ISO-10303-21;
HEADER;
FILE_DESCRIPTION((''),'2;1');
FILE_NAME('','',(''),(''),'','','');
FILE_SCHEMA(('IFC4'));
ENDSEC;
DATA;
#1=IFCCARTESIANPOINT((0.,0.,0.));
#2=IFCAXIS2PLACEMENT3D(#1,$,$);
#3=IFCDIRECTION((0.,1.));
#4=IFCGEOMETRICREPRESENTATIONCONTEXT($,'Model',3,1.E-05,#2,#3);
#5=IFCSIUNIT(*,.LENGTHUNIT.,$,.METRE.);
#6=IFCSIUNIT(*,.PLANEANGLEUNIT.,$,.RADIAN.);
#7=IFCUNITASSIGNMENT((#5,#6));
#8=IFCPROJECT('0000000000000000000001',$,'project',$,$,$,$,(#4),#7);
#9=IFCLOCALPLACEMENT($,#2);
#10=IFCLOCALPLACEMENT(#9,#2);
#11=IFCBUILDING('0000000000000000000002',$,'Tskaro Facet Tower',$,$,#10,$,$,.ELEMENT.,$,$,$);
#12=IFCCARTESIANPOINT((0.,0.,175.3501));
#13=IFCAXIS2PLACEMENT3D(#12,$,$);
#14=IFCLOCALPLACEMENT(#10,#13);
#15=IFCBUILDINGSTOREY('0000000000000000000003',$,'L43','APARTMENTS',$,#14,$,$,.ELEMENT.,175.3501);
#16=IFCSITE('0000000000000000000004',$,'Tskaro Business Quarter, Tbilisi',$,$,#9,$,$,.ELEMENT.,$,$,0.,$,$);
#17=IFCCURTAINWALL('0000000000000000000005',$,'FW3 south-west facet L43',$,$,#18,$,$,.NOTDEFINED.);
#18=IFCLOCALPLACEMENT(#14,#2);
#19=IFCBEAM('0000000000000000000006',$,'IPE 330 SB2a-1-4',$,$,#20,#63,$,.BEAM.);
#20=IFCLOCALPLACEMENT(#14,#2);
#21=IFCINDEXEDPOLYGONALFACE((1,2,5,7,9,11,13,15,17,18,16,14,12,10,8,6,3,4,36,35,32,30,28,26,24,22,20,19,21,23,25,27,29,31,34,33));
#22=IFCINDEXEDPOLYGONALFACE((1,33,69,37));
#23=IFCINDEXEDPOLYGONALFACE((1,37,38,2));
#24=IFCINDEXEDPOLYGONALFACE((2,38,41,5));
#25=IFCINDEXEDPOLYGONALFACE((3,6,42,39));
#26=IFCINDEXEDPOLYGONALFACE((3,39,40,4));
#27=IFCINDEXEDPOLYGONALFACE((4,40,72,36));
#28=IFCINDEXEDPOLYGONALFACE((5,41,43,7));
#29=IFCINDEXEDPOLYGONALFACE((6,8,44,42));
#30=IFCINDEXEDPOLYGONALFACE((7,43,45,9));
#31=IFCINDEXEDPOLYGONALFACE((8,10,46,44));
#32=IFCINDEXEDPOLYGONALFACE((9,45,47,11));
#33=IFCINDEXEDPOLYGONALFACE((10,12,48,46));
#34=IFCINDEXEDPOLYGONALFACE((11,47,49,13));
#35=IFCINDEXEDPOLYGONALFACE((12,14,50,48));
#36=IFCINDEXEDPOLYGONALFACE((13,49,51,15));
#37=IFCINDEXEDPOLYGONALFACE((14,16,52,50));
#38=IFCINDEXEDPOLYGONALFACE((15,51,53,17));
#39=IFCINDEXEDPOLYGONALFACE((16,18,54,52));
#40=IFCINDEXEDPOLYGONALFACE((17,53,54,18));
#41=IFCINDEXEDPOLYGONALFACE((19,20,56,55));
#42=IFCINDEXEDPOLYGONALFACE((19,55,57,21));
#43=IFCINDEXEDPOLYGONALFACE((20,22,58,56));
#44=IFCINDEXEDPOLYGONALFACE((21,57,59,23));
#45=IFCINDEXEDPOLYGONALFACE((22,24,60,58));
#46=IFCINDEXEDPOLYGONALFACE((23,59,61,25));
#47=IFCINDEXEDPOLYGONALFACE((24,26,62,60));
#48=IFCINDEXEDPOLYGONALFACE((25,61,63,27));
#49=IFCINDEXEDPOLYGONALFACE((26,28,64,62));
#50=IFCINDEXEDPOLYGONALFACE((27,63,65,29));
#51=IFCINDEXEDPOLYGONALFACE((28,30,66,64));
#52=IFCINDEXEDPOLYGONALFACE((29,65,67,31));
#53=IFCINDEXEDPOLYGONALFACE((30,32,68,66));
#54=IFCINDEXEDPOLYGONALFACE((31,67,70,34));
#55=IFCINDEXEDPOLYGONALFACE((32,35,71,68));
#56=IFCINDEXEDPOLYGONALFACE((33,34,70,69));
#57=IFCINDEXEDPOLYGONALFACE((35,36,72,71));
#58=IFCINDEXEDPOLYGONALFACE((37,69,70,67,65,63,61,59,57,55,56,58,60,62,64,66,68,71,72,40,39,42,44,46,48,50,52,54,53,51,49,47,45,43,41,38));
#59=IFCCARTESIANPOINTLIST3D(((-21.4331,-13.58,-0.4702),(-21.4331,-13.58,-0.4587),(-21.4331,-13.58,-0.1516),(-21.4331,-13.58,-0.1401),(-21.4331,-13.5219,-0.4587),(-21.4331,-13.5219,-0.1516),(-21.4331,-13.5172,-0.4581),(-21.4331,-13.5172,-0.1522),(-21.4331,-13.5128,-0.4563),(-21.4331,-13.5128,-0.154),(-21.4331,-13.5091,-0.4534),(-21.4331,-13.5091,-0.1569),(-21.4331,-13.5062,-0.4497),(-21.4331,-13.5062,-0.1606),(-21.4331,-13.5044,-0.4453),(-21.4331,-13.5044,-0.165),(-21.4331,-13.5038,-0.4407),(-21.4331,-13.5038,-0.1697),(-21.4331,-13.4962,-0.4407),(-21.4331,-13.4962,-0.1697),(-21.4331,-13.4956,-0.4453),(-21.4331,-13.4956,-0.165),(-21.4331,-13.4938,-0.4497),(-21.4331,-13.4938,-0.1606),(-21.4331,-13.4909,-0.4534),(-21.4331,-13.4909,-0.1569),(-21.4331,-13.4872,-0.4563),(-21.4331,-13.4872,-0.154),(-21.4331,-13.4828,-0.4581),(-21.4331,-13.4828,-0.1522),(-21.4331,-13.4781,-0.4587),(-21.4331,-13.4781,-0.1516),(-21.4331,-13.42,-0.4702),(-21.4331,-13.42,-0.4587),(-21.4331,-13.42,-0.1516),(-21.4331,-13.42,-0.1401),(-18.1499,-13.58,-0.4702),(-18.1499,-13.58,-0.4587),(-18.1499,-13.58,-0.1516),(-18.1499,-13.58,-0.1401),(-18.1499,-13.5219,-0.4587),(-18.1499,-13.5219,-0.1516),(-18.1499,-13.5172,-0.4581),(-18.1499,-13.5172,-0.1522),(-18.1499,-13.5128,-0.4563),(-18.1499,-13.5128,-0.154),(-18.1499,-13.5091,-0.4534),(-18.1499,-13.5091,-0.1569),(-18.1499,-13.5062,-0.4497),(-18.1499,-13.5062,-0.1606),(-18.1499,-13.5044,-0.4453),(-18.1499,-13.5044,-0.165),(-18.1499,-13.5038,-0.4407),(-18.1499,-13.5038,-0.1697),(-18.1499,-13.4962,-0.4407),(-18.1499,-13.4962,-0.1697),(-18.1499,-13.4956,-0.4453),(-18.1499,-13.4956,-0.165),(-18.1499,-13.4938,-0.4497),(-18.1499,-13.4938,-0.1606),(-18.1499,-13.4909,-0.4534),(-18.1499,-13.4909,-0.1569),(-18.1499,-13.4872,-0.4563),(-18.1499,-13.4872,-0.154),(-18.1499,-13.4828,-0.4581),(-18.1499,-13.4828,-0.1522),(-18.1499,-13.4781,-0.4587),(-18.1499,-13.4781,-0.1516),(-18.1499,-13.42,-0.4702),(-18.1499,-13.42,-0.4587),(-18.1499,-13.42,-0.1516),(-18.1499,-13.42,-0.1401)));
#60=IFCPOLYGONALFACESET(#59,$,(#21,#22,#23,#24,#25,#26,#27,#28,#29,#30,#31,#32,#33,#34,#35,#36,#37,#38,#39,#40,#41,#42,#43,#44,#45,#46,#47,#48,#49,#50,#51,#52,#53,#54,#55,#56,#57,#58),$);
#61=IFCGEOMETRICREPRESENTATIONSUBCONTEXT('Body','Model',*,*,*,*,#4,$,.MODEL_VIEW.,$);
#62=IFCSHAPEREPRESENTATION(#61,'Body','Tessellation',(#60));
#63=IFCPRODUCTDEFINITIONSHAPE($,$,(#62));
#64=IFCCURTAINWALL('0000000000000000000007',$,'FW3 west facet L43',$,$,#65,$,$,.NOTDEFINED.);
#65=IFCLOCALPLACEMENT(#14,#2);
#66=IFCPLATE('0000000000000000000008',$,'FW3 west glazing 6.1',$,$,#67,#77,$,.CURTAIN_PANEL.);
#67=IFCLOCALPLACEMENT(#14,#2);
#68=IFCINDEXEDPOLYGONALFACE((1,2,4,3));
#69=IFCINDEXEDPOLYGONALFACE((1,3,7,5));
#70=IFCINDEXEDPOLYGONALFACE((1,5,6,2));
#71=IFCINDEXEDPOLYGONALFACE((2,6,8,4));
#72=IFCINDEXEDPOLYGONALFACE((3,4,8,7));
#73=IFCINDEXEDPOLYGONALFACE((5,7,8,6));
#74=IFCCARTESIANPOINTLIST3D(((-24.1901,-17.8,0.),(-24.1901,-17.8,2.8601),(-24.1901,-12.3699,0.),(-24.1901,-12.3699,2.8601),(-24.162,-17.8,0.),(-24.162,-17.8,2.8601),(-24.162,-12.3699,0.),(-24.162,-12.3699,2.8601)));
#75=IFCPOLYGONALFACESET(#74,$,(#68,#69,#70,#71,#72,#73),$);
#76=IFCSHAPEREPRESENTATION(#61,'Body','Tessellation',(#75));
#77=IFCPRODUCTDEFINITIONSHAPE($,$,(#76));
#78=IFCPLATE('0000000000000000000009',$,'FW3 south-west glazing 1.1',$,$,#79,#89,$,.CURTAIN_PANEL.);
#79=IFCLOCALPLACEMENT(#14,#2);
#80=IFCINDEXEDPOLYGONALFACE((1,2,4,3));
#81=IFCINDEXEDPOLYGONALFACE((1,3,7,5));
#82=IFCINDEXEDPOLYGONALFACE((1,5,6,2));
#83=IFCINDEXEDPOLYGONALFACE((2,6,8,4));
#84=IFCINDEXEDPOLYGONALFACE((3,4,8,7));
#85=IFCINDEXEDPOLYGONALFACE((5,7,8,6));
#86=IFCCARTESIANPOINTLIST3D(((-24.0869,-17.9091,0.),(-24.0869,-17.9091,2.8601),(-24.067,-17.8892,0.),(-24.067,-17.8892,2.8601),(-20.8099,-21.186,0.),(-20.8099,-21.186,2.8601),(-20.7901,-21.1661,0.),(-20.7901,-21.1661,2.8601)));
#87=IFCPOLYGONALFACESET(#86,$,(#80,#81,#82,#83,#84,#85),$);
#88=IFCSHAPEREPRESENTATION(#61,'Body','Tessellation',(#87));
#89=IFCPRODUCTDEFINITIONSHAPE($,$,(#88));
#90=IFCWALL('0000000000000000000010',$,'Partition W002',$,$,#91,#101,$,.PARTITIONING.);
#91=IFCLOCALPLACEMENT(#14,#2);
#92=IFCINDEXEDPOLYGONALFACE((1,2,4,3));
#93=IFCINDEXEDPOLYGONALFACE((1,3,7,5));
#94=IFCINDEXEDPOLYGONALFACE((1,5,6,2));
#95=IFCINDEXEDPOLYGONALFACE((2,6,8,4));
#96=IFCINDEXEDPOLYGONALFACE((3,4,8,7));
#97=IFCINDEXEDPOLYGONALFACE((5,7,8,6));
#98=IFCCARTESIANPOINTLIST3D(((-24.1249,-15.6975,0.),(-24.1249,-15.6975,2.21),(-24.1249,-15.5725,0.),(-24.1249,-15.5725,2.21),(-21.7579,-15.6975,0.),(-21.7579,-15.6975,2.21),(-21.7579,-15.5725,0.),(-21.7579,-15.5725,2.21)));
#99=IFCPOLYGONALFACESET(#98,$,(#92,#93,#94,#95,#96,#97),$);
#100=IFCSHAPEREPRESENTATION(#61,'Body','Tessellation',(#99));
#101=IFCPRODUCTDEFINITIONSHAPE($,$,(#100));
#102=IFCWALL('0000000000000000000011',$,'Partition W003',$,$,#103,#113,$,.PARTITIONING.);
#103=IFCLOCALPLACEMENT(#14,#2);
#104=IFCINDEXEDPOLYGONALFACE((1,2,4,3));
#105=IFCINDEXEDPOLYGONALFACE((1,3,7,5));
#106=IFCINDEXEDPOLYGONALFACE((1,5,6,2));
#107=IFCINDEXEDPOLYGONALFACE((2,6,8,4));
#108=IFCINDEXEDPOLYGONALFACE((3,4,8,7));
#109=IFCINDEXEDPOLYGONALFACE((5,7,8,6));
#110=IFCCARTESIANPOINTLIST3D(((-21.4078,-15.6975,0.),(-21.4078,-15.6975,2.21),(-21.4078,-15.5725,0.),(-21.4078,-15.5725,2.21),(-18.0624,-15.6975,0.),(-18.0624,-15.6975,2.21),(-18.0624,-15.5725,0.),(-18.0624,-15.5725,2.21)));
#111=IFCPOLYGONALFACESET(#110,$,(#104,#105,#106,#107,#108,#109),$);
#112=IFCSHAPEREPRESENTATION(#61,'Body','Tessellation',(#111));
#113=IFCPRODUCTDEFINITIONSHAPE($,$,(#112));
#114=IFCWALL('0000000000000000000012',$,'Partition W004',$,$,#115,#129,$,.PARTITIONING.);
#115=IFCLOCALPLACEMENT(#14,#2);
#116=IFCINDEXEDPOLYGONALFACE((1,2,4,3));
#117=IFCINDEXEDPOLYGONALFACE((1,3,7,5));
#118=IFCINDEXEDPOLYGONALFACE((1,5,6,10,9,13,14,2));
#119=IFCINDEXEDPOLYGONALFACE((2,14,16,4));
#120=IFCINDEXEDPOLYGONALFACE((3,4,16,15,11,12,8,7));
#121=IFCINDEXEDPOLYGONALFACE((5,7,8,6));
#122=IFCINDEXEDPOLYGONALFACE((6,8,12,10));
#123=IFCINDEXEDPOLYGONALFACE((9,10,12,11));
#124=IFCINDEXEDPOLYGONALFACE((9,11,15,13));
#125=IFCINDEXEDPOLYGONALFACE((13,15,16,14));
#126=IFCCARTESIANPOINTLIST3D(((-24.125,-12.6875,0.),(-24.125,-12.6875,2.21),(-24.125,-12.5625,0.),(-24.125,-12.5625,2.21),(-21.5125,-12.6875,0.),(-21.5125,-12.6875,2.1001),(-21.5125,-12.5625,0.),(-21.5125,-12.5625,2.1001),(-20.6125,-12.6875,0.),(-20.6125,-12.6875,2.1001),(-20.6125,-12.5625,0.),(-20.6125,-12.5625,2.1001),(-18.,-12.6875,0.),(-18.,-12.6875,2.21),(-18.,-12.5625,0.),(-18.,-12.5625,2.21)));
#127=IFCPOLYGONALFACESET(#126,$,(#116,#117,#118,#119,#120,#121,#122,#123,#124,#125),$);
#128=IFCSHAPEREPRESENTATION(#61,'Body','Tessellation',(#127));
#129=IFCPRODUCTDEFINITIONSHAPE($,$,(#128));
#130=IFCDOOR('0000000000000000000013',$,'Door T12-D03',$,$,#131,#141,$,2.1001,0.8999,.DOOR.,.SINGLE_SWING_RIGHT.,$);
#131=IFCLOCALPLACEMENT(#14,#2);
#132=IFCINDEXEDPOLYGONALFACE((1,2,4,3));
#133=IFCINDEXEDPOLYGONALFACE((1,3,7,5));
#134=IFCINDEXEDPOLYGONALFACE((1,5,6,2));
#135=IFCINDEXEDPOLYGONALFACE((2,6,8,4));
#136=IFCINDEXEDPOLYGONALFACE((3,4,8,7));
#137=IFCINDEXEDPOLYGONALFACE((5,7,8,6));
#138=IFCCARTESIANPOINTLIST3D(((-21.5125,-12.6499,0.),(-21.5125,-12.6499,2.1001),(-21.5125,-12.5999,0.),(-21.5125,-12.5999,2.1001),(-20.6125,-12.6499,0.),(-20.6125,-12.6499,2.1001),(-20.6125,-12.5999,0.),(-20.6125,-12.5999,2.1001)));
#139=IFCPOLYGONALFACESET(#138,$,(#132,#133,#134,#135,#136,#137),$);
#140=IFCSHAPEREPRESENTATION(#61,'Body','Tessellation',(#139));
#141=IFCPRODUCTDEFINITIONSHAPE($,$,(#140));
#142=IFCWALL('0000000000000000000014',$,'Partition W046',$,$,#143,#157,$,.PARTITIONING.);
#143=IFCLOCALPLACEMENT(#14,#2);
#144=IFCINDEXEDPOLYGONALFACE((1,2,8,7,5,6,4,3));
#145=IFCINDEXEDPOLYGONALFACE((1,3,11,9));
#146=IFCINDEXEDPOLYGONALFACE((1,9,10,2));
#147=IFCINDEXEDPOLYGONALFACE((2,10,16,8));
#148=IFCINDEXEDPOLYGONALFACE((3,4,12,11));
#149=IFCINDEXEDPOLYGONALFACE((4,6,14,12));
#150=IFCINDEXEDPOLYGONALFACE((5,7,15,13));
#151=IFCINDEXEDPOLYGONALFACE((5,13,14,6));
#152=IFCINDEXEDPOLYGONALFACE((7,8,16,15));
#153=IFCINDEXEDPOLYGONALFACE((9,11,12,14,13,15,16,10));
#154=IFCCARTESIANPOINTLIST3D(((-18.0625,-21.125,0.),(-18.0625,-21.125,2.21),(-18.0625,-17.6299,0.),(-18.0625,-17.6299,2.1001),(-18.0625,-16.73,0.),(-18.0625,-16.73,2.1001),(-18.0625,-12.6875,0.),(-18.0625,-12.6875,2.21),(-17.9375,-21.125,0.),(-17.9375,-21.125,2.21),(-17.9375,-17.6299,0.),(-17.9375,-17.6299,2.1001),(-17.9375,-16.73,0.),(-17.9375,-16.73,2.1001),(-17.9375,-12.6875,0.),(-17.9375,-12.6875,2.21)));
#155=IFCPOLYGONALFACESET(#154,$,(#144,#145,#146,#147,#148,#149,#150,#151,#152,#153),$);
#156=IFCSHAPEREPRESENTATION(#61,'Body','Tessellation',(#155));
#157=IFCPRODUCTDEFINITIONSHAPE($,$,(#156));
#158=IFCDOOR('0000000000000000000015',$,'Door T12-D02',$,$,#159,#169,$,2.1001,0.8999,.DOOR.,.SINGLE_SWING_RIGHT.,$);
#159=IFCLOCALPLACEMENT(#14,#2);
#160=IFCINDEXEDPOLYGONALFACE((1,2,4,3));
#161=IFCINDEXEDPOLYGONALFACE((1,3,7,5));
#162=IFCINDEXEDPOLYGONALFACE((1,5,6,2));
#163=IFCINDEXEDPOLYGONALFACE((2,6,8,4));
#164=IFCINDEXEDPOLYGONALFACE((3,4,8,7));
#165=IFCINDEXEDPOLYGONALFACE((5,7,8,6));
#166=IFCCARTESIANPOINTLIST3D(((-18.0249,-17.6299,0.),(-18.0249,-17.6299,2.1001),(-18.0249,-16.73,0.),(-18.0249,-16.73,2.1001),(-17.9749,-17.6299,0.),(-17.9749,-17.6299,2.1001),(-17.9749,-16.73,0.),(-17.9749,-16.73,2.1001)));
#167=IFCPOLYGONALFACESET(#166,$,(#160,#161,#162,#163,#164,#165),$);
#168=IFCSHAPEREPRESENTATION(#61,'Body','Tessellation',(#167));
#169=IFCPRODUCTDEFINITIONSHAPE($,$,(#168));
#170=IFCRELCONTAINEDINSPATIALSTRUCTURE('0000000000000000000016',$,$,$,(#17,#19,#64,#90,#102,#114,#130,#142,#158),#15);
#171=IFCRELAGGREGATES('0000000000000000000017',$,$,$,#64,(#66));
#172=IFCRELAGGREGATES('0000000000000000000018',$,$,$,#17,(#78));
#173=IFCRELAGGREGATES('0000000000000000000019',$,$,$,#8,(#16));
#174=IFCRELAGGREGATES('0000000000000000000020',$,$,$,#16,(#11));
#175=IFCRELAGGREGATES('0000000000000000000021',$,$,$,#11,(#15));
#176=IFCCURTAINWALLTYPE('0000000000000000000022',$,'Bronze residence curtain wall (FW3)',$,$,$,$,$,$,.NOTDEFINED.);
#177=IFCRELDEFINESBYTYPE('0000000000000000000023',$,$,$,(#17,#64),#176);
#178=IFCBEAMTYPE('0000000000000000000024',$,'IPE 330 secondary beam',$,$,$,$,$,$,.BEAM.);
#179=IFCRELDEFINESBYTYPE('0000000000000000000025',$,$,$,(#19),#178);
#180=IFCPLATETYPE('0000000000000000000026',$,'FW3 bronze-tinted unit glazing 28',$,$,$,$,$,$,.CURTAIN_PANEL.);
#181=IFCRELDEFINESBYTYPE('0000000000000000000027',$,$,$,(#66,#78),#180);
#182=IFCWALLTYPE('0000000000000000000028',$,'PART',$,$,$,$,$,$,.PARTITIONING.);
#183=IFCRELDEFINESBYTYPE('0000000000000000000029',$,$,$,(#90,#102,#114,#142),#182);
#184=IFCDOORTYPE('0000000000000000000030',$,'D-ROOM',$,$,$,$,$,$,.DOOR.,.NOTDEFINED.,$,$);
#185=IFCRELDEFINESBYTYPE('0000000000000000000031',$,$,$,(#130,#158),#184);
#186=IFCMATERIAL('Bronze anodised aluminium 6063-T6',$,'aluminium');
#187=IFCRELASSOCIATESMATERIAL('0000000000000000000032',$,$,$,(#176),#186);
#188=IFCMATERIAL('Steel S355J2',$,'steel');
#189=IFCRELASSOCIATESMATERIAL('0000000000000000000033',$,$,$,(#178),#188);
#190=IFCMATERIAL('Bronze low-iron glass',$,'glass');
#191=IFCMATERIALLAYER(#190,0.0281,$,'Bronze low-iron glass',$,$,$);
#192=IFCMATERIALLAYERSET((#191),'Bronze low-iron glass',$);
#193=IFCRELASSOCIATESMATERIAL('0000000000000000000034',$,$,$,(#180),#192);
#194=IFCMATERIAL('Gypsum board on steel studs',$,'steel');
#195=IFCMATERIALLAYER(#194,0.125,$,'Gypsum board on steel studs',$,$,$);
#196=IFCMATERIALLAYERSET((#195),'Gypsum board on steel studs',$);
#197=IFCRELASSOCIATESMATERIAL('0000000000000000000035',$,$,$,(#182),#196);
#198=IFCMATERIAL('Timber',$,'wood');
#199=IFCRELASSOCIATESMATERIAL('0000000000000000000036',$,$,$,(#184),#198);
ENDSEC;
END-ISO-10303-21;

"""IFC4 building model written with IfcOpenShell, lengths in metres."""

from ifc_helpers import new_model, si_unit, direction, frame, frame_2d, origin, origin_2d, place, context, subcontext, project, spatial, rectangle, i_section, extrude, material, layer, layer_set, material_profile, profile_set, type_object, element, fill, aggregate, save


model = new_model("IFC4")

# Units and contexts
model_context = context("Model", 3, precision=1e-05, world=origin(), true_north=direction((0.0, 1.0)))
body_context = subcontext(model_context, "Body", "Model", "MODEL_VIEW")
ifc_project = project(units=[si_unit("LENGTHUNIT", "METRE"), si_unit("PLANEANGLEUNIT", "RADIAN")], contexts=[model_context])

# Site, building, storey
site_placement = place(None, origin())
site = spatial("IfcSite", under=ifc_project, at=site_placement, Name="Tskaro Business Quarter, Tbilisi", CompositionType="ELEMENT", RefElevation=0.0)
building_placement = place(site_placement, origin())
building = spatial("IfcBuilding", under=site, at=building_placement, Name="Tskaro Facet Tower", CompositionType="ELEMENT")
storey_placement = place(building_placement, frame((0.0, 0.0, 175.3501)))
storey = spatial("IfcBuildingStorey", under=building, at=storey_placement, Name="L43", Description="APARTMENTS", CompositionType="ELEMENT", Elevation=175.3501)

# Curtain wall
ifc_material_1 = material(Name="Bronze anodised aluminium 6063-T6", Category="aluminium")
curtain_wall_type = type_object("IfcCurtainWallType", Name="Bronze residence curtain wall (FW3)", PredefinedType="NOTDEFINED", material=ifc_material_1)
curtain_wall_1_placement = place(storey_placement, origin())
curtain_wall_1 = element("IfcCurtainWall", 1, at=curtain_wall_1_placement, inside=storey, type_object=curtain_wall_type, Name="FW3 south-west facet L43", PredefinedType="NOTDEFINED")

# Beam
ifc_material_2 = material(Name="Steel S355J2", Category="steel")
ifc_material_profile_1 = material_profile(ifc_material_2, i_section(OverallWidth=0.1599, OverallDepth=0.3301, WebThickness=0.0076, FlangeThickness=0.0115, FilletRadius=0.0181, at=origin_2d()), Name="IPE 330")
ifc_profile_set_1 = profile_set([ifc_material_profile_1], Name="Steel S355J2")
beam_type_1 = type_object("IfcBeamType", Name="IPE 330 secondary beam", PredefinedType="BEAM", material=ifc_profile_set_1)
beam_1_placement = place(storey_placement, frame((-21.4331, -13.5, -0.3052), z_axis=(1.0, 0.0, 0.0), x_axis=(0.0, 1.0, 0.0)))
element("IfcBeam", 2, at=beam_1_placement, inside=storey, type_object=beam_type_1, Name="IPE 330 SB2a-1-4", PredefinedType="BEAM", context=body_context, shape_type="SweptSolid", body=[
    extrude(i_section(OverallWidth=0.1599, OverallDepth=0.3301, WebThickness=0.0076, FlangeThickness=0.0115, FilletRadius=0.0181, at=origin_2d()), origin(), (0.0, 0.0, 1.0), 3.2832),
])

# Curtain wall, plate
curtain_wall_2_placement = place(storey_placement, origin())
curtain_wall_2 = element("IfcCurtainWall", 3, at=curtain_wall_2_placement, inside=storey, type_object=curtain_wall_type, Name="FW3 west facet L43", PredefinedType="NOTDEFINED")
ifc_material_3 = material(Name="Bronze low-iron glass", Category="glass")
ifc_layer_1 = layer(ifc_material_3, 0.0281, Name="Bronze low-iron glass")
ifc_layer_set_1 = layer_set([ifc_layer_1], Name="Bronze low-iron glass")
plate_type = type_object("IfcPlateType", Name="FW3 bronze-tinted unit glazing 28", PredefinedType="CURTAIN_PANEL", material=ifc_layer_set_1)
plate_1_placement = place(storey_placement, frame((-24.176, -15.085, 0.0), z_axis=(0.0, 0.0, 1.0), x_axis=(0.0, -1.0, 0.0)))
plate_1 = element("IfcPlate", 4, at=plate_1_placement, type_object=plate_type, Name="FW3 west glazing 6.1", PredefinedType="CURTAIN_PANEL", context=body_context, shape_type="SweptSolid", body=[
    extrude(rectangle(XDim=5.4302, YDim=0.0281, at=origin_2d()), origin(), (0.0, 0.0, 1.0), 2.8601),
])
aggregate(curtain_wall_2, [plate_1])

# Plate
plate_2_placement = place(storey_placement, frame((-22.4385, -19.5376, 0.0), z_axis=(0.0, 0.0, 1.0), x_axis=(0.707107, -0.707107, 0.0)))
plate_2 = element("IfcPlate", 5, at=plate_2_placement, type_object=plate_type, Name="FW3 south-west glazing 1.1", PredefinedType="CURTAIN_PANEL", context=body_context, shape_type="SweptSolid", body=[
    extrude(rectangle(XDim=4.6343, YDim=0.0281, at=origin_2d()), origin(), (0.0, 0.0, 1.0), 2.8601),
])
aggregate(curtain_wall_1, [plate_2])

# Walls
ifc_material_4 = material(Name="Gypsum board on steel studs", Category="steel")
ifc_layer_2 = layer(ifc_material_4, 0.125, Name="Gypsum board on steel studs")
ifc_layer_set_2 = layer_set([ifc_layer_2], Name="Gypsum board on steel studs")
wall_type = type_object("IfcWallType", Name="PART", PredefinedType="PARTITIONING", material=ifc_layer_set_2)
wall_1_placement = place(storey_placement, frame((-24.125, -15.635, 0.0), z_axis=(0.0, 0.0, 1.0), x_axis=(1.0, 0.0, 0.0)))
element("IfcWall", 6, at=wall_1_placement, inside=storey, type_object=wall_type, Name="Partition W002", PredefinedType="PARTITIONING", context=body_context, shape_type="SweptSolid", body=[
    extrude(rectangle(XDim=2.3669, YDim=0.125, at=frame_2d((1.1836, 0.0))), origin(), (0.0, 0.0, 1.0), 2.21),
])
wall_2_placement = place(storey_placement, frame((-21.408, -15.635, 0.0), z_axis=(0.0, 0.0, 1.0), x_axis=(1.0, 0.0, 0.0)))
element("IfcWall", 7, at=wall_2_placement, inside=storey, type_object=wall_type, Name="Partition W003", PredefinedType="PARTITIONING", context=body_context, shape_type="SweptSolid", body=[
    extrude(rectangle(XDim=3.3455, YDim=0.125, at=frame_2d((1.6729, 0.0))), origin(), (0.0, 0.0, 1.0), 2.21),
])

# Walls, openings, doors
wall_3_placement = place(storey_placement, frame((-18.0, -12.625, 0.0), z_axis=(0.0, 0.0, 1.0), x_axis=(-1.0, 0.0, 0.0)))
wall_3 = element("IfcWall", 8, at=wall_3_placement, inside=storey, type_object=wall_type, Name="Partition W004", PredefinedType="PARTITIONING", context=body_context, shape_type="SweptSolid", body=[
    extrude(rectangle(XDim=6.125, YDim=0.125, at=frame_2d((3.0625, 0.0))), origin(), (0.0, 0.0, 1.0), 2.21),
])
opening_1_placement = place(wall_3_placement, frame((2.6125, 0.0, 0.0)))
opening_1 = element("IfcOpeningElement", 9, at=opening_1_placement, cuts=wall_3, PredefinedType="OPENING", context=body_context, shape_type="SweptSolid", body=[
    extrude(rectangle(XDim=0.8999, YDim=2.1001, at=frame_2d((0.45, 1.05))), frame((0.0, 0.0725, 0.0), z_axis=(0.0, -1.0, 0.0), x_axis=(1.0, 0.0, 0.0)), (0.0, 0.0, 1.0), 0.145),
])
ifc_material_5 = material(Name="Timber", Category="wood")
door_type = type_object("IfcDoorType", Name="D-ROOM", OperationType="NOTDEFINED", PredefinedType="DOOR", material=ifc_material_5)
door_1_placement = place(opening_1_placement, origin())
door_1 = element("IfcDoor", 10, at=door_1_placement, inside=storey, type_object=door_type, Name="Door T12-D03", OperationType="SINGLE_SWING_RIGHT", OverallHeight=2.1001, OverallWidth=0.8999, PredefinedType="DOOR", context=body_context, shape_type="SweptSolid", body=[
    extrude(rectangle(XDim=0.8999, YDim=2.1001, at=frame_2d((0.45, 1.05))), frame((0.0, 0.0249, 0.0), z_axis=(0.0, -1.0, 0.0), x_axis=(1.0, 0.0, 0.0)), (0.0, 0.0, 1.0), 0.05),
])
fill(opening_1, door_1)
wall_4_placement = place(storey_placement, frame((-18.0, -21.125, 0.0), z_axis=(0.0, 0.0, 1.0), x_axis=(0.0, 1.0, 0.0)))
wall_4 = element("IfcWall", 11, at=wall_4_placement, inside=storey, type_object=wall_type, Name="Partition W046", PredefinedType="PARTITIONING", context=body_context, shape_type="SweptSolid", body=[
    extrude(rectangle(XDim=8.4375, YDim=0.125, at=frame_2d((4.2188, 0.0))), origin(), (0.0, 0.0, 1.0), 2.21),
])
opening_2_placement = place(wall_4_placement, frame((3.4951, 0.0, 0.0)))
opening_2 = element("IfcOpeningElement", 12, at=opening_2_placement, cuts=wall_4, PredefinedType="OPENING", context=body_context, shape_type="SweptSolid", body=[
    extrude(rectangle(XDim=0.8999, YDim=2.1001, at=frame_2d((0.45, 1.05))), frame((0.0, 0.0725, 0.0), z_axis=(0.0, -1.0, 0.0), x_axis=(1.0, 0.0, 0.0)), (0.0, 0.0, 1.0), 0.145),
])
door_2_placement = place(opening_2_placement, origin())
door_2 = element("IfcDoor", 13, at=door_2_placement, inside=storey, type_object=door_type, Name="Door T12-D02", OperationType="SINGLE_SWING_RIGHT", OverallHeight=2.1001, OverallWidth=0.8999, PredefinedType="DOOR", context=body_context, shape_type="SweptSolid", body=[
    extrude(rectangle(XDim=0.8999, YDim=2.1001, at=frame_2d((0.45, 1.05))), frame((0.0, 0.0249, 0.0), z_axis=(0.0, -1.0, 0.0), x_axis=(1.0, 0.0, 0.0)), (0.0, 0.0, 1.0), 0.05),
])
fill(opening_2, door_2)

save(model, "model.ifc")
